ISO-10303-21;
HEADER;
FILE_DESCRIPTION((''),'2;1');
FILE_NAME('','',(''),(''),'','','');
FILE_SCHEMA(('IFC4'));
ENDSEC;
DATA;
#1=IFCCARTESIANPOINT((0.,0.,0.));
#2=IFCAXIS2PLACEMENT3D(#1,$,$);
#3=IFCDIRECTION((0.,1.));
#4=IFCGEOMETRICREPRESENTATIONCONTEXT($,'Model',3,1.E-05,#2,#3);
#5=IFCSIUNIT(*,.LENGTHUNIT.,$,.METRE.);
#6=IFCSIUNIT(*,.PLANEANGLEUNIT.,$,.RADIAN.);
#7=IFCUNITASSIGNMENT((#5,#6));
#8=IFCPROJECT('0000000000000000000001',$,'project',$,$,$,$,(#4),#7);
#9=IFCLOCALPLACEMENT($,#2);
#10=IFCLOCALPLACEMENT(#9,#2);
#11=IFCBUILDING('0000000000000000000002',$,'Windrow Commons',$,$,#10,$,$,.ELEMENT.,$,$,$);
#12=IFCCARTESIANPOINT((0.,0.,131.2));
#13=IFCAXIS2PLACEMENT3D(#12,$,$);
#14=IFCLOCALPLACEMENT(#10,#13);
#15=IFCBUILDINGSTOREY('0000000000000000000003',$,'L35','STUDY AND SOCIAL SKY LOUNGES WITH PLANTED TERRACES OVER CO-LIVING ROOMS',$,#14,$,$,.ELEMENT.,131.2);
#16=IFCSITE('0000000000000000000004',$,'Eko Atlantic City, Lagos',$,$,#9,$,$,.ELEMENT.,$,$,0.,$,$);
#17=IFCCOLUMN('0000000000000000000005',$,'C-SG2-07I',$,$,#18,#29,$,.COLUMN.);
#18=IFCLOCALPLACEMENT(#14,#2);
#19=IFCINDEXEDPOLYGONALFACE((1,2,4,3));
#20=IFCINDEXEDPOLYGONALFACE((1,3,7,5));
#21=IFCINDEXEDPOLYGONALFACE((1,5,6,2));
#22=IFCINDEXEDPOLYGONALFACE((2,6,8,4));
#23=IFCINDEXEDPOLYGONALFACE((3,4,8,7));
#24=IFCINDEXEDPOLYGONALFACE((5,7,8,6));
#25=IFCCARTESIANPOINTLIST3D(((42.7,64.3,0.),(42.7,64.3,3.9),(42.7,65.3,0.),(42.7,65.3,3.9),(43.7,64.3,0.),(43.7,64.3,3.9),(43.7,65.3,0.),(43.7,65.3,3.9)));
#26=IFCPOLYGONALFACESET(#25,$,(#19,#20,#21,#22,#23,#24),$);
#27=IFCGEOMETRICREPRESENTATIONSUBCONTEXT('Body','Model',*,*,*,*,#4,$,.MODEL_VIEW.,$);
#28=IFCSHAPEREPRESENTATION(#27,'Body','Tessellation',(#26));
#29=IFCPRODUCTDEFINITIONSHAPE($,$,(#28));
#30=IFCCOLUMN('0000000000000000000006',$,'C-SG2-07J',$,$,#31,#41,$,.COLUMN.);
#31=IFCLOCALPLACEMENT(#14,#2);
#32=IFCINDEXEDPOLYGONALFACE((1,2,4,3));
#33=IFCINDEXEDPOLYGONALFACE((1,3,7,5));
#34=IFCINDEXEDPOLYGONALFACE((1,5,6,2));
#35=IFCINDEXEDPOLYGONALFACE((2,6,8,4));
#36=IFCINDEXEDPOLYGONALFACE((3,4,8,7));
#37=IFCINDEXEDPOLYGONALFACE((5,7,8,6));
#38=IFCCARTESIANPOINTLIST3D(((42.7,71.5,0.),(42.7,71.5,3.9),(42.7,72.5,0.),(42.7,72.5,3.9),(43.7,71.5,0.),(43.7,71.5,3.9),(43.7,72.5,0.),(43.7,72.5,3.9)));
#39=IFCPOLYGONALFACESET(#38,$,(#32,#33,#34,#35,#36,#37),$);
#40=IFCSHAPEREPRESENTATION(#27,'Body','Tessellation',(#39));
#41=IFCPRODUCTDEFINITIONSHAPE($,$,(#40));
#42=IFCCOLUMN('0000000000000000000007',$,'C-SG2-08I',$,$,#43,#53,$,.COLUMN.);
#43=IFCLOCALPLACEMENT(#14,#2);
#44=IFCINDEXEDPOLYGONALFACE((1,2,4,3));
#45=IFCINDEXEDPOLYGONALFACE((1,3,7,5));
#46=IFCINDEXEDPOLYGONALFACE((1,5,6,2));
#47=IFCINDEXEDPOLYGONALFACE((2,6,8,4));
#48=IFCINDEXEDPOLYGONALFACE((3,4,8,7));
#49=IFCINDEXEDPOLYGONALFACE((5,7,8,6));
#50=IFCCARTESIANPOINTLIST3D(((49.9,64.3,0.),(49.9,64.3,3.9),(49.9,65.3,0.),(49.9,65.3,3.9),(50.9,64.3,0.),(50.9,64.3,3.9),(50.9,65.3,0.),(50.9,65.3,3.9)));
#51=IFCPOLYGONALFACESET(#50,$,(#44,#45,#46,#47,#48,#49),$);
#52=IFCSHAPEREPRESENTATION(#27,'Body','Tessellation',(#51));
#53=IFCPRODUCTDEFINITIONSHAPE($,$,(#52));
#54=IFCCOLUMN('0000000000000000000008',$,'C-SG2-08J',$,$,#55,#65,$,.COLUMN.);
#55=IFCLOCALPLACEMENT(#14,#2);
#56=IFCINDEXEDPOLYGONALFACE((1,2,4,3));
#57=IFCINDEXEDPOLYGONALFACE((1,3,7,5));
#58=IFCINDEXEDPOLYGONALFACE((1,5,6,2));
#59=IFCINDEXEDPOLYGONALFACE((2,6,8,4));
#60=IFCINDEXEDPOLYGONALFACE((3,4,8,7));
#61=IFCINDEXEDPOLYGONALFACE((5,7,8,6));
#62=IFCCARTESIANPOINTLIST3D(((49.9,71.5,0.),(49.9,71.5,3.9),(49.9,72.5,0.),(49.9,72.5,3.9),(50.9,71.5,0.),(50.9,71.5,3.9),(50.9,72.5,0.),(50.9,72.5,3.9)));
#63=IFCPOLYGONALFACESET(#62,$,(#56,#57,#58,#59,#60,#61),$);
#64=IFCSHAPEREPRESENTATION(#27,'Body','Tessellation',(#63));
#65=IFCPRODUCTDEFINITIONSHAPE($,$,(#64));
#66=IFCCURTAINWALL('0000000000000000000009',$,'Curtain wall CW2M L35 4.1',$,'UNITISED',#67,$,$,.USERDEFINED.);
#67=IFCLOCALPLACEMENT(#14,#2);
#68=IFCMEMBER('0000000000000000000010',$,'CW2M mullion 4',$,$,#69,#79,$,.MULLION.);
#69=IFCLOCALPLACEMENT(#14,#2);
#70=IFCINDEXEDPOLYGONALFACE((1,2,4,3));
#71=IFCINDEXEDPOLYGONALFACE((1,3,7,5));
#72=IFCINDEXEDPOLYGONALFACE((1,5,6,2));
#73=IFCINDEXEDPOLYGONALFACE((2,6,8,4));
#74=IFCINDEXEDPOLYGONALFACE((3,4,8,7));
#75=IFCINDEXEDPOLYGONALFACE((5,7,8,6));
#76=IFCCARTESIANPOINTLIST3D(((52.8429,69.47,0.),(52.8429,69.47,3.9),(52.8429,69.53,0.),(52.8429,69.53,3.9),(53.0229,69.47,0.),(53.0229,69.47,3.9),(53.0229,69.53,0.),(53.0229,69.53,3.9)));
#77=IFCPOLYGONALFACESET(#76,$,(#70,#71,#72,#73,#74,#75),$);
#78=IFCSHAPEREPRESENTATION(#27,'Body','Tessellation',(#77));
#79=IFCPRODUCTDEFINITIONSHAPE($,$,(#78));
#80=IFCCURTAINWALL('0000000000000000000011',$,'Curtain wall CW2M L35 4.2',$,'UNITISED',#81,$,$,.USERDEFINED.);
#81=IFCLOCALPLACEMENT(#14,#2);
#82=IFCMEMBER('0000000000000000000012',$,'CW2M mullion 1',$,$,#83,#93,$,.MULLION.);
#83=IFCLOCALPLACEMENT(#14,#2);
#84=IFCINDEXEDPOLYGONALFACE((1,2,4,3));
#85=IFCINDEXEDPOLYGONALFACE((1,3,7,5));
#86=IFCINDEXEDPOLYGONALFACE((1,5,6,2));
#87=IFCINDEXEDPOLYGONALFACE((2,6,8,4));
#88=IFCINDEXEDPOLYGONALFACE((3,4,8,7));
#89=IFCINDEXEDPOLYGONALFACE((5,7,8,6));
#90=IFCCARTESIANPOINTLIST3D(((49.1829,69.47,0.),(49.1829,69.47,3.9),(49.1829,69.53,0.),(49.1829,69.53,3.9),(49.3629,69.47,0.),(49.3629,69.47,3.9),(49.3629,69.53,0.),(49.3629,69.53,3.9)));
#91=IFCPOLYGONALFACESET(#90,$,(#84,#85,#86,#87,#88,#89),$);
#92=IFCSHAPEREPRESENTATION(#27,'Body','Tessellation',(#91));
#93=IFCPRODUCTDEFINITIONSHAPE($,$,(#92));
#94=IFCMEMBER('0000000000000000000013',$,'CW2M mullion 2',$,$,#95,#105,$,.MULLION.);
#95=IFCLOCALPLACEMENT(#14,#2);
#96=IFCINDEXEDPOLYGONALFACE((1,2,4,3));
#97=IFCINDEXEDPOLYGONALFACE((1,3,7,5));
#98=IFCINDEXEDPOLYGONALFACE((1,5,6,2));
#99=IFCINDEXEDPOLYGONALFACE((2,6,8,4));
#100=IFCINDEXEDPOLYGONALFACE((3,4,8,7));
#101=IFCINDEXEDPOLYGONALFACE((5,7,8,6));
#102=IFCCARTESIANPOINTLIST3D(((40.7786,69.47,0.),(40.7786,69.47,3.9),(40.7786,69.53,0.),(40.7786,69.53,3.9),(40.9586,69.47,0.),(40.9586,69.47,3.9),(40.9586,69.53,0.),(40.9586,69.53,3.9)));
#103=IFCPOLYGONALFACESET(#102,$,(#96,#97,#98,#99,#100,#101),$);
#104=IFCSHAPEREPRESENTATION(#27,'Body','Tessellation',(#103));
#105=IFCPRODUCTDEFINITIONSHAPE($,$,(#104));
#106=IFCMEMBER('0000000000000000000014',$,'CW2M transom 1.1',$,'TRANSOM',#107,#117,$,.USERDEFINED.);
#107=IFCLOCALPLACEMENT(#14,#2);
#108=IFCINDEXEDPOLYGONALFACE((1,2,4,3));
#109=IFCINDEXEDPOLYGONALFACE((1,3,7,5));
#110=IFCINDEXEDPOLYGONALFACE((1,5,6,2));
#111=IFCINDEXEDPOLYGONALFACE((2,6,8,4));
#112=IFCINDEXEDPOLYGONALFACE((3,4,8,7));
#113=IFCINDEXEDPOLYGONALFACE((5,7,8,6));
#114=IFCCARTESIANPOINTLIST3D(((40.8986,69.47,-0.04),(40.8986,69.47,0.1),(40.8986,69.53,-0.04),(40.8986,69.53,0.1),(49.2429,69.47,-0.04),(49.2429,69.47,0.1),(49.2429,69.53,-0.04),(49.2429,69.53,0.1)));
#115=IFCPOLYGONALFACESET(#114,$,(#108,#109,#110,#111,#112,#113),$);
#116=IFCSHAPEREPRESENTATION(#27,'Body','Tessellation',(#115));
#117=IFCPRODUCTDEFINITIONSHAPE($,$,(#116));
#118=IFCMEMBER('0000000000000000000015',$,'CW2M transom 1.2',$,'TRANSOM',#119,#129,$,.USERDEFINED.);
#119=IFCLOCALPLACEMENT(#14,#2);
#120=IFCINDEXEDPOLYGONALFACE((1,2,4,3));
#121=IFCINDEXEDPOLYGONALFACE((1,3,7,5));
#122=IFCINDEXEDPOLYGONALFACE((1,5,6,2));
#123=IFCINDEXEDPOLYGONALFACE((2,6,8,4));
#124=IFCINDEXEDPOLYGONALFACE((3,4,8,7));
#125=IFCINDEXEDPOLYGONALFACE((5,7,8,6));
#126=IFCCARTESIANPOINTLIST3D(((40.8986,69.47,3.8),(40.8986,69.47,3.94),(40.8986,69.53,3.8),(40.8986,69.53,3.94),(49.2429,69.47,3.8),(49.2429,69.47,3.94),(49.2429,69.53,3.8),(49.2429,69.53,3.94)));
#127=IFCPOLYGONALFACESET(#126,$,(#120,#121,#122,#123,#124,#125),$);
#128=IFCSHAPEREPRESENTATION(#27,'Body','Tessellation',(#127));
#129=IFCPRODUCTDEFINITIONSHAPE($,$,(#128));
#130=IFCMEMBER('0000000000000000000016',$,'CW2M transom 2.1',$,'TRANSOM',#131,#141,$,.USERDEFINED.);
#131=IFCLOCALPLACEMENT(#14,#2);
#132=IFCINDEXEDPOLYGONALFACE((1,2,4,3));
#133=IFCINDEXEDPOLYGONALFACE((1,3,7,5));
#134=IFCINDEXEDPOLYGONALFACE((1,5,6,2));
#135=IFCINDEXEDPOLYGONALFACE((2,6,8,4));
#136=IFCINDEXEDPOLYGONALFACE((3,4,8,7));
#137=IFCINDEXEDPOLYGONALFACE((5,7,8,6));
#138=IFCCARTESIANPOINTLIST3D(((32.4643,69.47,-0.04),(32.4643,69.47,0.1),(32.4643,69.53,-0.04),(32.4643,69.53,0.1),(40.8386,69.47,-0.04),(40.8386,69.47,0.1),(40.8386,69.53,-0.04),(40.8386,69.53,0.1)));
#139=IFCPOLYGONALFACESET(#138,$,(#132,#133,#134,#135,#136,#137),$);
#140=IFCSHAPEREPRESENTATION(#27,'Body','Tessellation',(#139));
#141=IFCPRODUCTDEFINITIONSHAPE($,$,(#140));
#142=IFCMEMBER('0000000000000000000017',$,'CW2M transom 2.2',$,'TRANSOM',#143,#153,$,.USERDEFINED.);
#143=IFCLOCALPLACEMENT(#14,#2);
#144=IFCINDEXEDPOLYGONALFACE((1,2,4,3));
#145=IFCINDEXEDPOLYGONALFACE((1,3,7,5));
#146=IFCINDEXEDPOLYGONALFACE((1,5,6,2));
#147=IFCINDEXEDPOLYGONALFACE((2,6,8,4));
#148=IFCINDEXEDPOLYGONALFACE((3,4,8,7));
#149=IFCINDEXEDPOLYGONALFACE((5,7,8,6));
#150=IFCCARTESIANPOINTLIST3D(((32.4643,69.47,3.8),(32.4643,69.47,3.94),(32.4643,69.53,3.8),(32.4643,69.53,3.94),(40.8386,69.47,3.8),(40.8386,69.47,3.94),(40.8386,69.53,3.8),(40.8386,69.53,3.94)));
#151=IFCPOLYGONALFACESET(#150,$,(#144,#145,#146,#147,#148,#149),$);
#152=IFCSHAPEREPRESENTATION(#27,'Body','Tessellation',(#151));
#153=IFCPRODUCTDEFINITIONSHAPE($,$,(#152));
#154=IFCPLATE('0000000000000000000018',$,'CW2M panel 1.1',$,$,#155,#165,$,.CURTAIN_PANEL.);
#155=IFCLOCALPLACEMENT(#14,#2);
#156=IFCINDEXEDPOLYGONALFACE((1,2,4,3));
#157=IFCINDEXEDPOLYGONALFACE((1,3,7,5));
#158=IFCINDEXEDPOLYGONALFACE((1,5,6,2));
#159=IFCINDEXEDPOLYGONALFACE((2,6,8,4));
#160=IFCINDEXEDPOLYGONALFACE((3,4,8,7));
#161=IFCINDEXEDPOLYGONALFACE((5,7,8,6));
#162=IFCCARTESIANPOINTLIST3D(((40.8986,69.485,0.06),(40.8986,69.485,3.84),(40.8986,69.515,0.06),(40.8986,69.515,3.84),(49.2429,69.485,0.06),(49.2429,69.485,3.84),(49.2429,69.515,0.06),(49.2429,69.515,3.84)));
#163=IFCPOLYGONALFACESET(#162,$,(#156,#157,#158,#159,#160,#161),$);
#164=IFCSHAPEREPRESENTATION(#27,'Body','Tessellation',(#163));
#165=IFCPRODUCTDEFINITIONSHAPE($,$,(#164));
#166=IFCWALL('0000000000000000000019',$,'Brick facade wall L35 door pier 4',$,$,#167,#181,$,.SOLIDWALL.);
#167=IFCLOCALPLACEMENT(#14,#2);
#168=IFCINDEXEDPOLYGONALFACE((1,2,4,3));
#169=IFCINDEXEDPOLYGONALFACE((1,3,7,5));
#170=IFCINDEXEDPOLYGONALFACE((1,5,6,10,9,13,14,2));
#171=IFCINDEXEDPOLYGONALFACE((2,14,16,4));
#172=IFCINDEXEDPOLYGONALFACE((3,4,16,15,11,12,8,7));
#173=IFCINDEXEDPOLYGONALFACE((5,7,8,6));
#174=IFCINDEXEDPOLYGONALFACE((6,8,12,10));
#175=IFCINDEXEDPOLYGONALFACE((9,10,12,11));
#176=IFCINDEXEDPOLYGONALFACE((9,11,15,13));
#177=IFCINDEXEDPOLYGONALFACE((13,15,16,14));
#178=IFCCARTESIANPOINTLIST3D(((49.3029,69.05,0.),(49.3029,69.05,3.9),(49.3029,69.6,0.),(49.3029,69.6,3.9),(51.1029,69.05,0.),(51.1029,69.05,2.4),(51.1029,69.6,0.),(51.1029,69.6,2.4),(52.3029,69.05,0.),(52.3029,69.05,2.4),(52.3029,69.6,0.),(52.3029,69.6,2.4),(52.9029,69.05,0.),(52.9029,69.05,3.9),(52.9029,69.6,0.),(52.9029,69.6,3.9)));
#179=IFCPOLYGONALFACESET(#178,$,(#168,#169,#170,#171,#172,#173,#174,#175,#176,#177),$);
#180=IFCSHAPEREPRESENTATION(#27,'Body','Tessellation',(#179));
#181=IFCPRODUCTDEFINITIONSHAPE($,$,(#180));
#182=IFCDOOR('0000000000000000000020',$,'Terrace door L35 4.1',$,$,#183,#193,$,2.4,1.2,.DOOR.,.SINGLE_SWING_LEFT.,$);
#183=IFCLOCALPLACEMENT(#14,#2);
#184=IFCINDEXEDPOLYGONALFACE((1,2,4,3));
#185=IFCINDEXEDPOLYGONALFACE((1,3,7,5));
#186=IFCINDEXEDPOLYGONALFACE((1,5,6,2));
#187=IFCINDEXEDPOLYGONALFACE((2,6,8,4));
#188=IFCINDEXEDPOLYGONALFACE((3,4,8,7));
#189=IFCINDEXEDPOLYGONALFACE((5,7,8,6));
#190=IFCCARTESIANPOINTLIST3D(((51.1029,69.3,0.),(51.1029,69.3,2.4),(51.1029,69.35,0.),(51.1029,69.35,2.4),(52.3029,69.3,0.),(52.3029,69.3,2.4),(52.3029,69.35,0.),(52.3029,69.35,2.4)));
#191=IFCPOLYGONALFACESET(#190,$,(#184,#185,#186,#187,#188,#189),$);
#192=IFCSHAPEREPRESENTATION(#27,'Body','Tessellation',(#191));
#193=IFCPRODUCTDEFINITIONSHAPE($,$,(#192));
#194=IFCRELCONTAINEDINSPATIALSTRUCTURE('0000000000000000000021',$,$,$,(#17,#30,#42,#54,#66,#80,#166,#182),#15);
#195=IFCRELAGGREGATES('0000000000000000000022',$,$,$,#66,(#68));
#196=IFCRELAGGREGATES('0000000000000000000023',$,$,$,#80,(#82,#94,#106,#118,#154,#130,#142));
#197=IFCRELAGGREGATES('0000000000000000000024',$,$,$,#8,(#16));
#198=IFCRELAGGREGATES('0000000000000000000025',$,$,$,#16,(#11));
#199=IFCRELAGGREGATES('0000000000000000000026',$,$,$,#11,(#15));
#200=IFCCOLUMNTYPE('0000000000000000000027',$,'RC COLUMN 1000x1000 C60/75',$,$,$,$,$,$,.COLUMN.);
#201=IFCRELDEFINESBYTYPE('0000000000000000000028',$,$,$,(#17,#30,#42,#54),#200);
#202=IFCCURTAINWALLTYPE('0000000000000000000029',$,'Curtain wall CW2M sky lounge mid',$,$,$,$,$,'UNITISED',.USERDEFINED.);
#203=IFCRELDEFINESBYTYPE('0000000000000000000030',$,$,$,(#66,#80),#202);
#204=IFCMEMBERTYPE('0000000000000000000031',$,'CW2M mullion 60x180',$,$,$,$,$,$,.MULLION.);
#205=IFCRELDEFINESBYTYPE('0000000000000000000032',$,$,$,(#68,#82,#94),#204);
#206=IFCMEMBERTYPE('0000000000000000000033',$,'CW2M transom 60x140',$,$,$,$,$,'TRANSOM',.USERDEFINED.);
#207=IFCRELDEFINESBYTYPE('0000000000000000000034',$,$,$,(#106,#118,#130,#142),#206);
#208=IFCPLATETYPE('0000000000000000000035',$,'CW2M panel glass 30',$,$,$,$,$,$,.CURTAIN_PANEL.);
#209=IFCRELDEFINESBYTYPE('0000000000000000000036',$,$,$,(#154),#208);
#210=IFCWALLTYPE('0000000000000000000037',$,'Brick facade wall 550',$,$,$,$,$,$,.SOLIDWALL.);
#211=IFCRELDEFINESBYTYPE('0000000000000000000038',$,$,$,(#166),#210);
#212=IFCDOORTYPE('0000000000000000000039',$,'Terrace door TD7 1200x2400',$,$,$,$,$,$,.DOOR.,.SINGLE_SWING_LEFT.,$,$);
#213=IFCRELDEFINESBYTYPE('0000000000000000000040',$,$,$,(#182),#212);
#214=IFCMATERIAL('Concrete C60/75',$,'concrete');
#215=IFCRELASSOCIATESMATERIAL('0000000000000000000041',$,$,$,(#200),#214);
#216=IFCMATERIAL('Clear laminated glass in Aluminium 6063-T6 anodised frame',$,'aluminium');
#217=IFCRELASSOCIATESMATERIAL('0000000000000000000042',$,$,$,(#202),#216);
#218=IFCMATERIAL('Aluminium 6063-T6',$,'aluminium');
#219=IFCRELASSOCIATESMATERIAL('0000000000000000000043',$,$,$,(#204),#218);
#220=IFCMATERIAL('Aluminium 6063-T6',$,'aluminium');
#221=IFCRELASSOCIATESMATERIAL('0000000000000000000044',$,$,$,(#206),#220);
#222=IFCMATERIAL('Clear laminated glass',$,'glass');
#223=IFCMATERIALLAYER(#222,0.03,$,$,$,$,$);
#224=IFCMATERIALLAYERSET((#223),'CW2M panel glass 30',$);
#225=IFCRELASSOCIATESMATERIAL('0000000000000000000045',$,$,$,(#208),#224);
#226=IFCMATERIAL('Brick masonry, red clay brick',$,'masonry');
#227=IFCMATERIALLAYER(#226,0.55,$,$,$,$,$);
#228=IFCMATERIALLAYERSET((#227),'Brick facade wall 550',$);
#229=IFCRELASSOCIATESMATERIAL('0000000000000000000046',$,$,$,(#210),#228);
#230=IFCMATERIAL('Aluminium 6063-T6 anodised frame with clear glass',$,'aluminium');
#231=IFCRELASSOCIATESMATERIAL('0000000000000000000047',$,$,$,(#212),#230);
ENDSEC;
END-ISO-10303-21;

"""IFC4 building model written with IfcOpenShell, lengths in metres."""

from ifc_helpers import new_model, si_unit, direction, frame, frame_2d, origin, origin_2d, place, context, subcontext, project, spatial, rectangle, extrude, material, layer, layer_set, material_profile, profile_set, type_object, element, fill, aggregate, save


model = new_model("IFC4")

# Units and contexts
model_context = context("Model", 3, precision=1e-05, world=origin(), true_north=direction((0.0, 1.0)))
body_context = subcontext(model_context, "Body", "Model", "MODEL_VIEW")
ifc_project = project(units=[si_unit("LENGTHUNIT", "METRE"), si_unit("PLANEANGLEUNIT", "RADIAN")], contexts=[model_context])

# Site, building, storey
site_placement = place(None, origin())
site = spatial("IfcSite", under=ifc_project, at=site_placement, Name="Eko Atlantic City, Lagos", CompositionType="ELEMENT", RefElevation=0.0)
building_placement = place(site_placement, origin())
building = spatial("IfcBuilding", under=site, at=building_placement, Name="Windrow Commons", CompositionType="ELEMENT")
storey_placement = place(building_placement, frame((0.0, 0.0, 131.2)))
storey = spatial("IfcBuildingStorey", under=building, at=storey_placement, Name="L35", Description="STUDY AND SOCIAL SKY LOUNGES WITH PLANTED TERRACES OVER CO-LIVING ROOMS", CompositionType="ELEMENT", Elevation=131.2)

# Columns
ifc_material_1 = material(Name="Concrete C60/75", Category="concrete")
ifc_material_profile_1 = material_profile(ifc_material_1, rectangle(XDim=1.0, YDim=1.0, at=origin_2d()))
ifc_profile_set_1 = profile_set([ifc_material_profile_1], Name="Concrete C60/75")
column_type = type_object("IfcColumnType", Name="RC COLUMN 1000x1000 C60/75", PredefinedType="COLUMN", material=ifc_profile_set_1)
for number, where, z_axis, x_axis, name in (
    (1, (43.2, 64.8, 0.0), (0.0, 0.0, 1.0), (1.0, 0.0, 0.0), "C-SG2-07I"),
    (2, (43.2, 72.0, 0.0), (0.0, 0.0, 1.0), (1.0, 0.0, 0.0), "C-SG2-07J"),
    (3, (50.4, 64.8, 0.0), (0.0, 0.0, 1.0), (1.0, 0.0, 0.0), "C-SG2-08I"),
    (4, (50.4, 72.0, 0.0), (0.0, 0.0, 1.0), (1.0, 0.0, 0.0), "C-SG2-08J"),
):
    element("IfcColumn", number, at=place(storey_placement, frame(where, z_axis=z_axis, x_axis=x_axis)), inside=storey, type_object=column_type, Name=name, PredefinedType="COLUMN", context=body_context, shape_type="SweptSolid", body=[
        extrude(rectangle(XDim=1.0, YDim=1.0, at=origin_2d()), origin(), (0.0, 0.0, 1.0), 3.9),
    ])

# Curtain wall, member
ifc_material_2 = material(Name="Clear laminated glass in Aluminium 6063-T6 anodised frame", Category="aluminium")
curtain_wall_type = type_object("IfcCurtainWallType", Name="Curtain wall CW2M sky lounge mid", ElementType="UNITISED", PredefinedType="USERDEFINED", material=ifc_material_2)
placement = place(storey_placement, origin())
curtain_wall_1 = element("IfcCurtainWall", 5, at=placement, inside=storey, type_object=curtain_wall_type, Name="Curtain wall CW2M L35 4.1", ObjectType="UNITISED", PredefinedType="USERDEFINED")
ifc_material_3 = material(Name="Aluminium 6063-T6", Category="aluminium")
ifc_material_profile_2 = material_profile(ifc_material_3, rectangle(XDim=0.06, YDim=0.18, at=origin_2d()))
ifc_profile_set_2 = profile_set([ifc_material_profile_2], Name="Aluminium 6063-T6")
member_type_1 = type_object("IfcMemberType", Name="CW2M mullion 60x180", PredefinedType="MULLION", material=ifc_profile_set_2)
member_1_placement = place(storey_placement, frame((52.9329, 69.5, 0.0), z_axis=(0.0, 0.0, 1.0), x_axis=(0.0, -1.0, 0.0)))
member_1 = element("IfcMember", 6, at=member_1_placement, type_object=member_type_1, Name="CW2M mullion 4", PredefinedType="MULLION", context=body_context, shape_type="SweptSolid", body=[
    extrude(rectangle(XDim=0.06, YDim=0.18, at=origin_2d()), origin(), (0.0, 0.0, 1.0), 3.9),
])
aggregate(curtain_wall_1, [member_1])

# Curtain wall, members, plate
curtain_wall_2 = element("IfcCurtainWall", 7, at=placement, inside=storey, type_object=curtain_wall_type, Name="Curtain wall CW2M L35 4.2", ObjectType="UNITISED", PredefinedType="USERDEFINED")
member_2_placement = place(storey_placement, frame((49.2729, 69.5, 0.0), z_axis=(0.0, 0.0, 1.0), x_axis=(0.0, -1.0, 0.0)))
member_2 = element("IfcMember", 8, at=member_2_placement, type_object=member_type_1, Name="CW2M mullion 1", PredefinedType="MULLION", context=body_context, shape_type="SweptSolid", body=[
    extrude(rectangle(XDim=0.06, YDim=0.18, at=origin_2d()), origin(), (0.0, 0.0, 1.0), 3.9),
])
member_3_placement = place(storey_placement, frame((40.8686, 69.5, 0.0), z_axis=(0.0, 0.0, 1.0), x_axis=(0.0, -1.0, 0.0)))
member_3 = element("IfcMember", 9, at=member_3_placement, type_object=member_type_1, Name="CW2M mullion 2", PredefinedType="MULLION", context=body_context, shape_type="SweptSolid", body=[
    extrude(rectangle(XDim=0.06, YDim=0.18, at=origin_2d()), origin(), (0.0, 0.0, 1.0), 3.9),
])
ifc_material_4 = material(Name="Aluminium 6063-T6", Category="aluminium")
ifc_material_profile_3 = material_profile(ifc_material_4, rectangle(XDim=0.06, YDim=0.14, at=origin_2d()))
ifc_profile_set_3 = profile_set([ifc_material_profile_3], Name="Aluminium 6063-T6")
member_type_2 = type_object("IfcMemberType", Name="CW2M transom 60x140", ElementType="TRANSOM", PredefinedType="USERDEFINED", material=ifc_profile_set_3)
member_4_placement = place(storey_placement, frame((49.2429, 69.5, 0.03), z_axis=(-1.0, 0.0, 0.0), x_axis=(0.0, -1.0, 0.0)))
member_4 = element("IfcMember", 10, at=member_4_placement, type_object=member_type_2, Name="CW2M transom 1.1", ObjectType="TRANSOM", PredefinedType="USERDEFINED", context=body_context, shape_type="SweptSolid", body=[
    extrude(rectangle(XDim=0.06, YDim=0.14, at=origin_2d()), origin(), (0.0, 0.0, 1.0), 8.3443),
])
member_5_placement = place(storey_placement, frame((49.2429, 69.5, 3.87), z_axis=(-1.0, 0.0, 0.0), x_axis=(0.0, -1.0, 0.0)))
member_5 = element("IfcMember", 11, at=member_5_placement, type_object=member_type_2, Name="CW2M transom 1.2", ObjectType="TRANSOM", PredefinedType="USERDEFINED", context=body_context, shape_type="SweptSolid", body=[
    extrude(rectangle(XDim=0.06, YDim=0.14, at=origin_2d()), origin(), (0.0, 0.0, 1.0), 8.3443),
])
member_6_placement = place(storey_placement, frame((40.8386, 69.5, 0.03), z_axis=(-1.0, 0.0, 0.0), x_axis=(0.0, -1.0, 0.0)))
member_6 = element("IfcMember", 12, at=member_6_placement, type_object=member_type_2, Name="CW2M transom 2.1", ObjectType="TRANSOM", PredefinedType="USERDEFINED", context=body_context, shape_type="SweptSolid", body=[
    extrude(rectangle(XDim=0.06, YDim=0.14, at=origin_2d()), origin(), (0.0, 0.0, 1.0), 8.3743),
])
member_7_placement = place(storey_placement, frame((40.8386, 69.5, 3.87), z_axis=(-1.0, 0.0, 0.0), x_axis=(0.0, -1.0, 0.0)))
member_7 = element("IfcMember", 13, at=member_7_placement, type_object=member_type_2, Name="CW2M transom 2.2", ObjectType="TRANSOM", PredefinedType="USERDEFINED", context=body_context, shape_type="SweptSolid", body=[
    extrude(rectangle(XDim=0.06, YDim=0.14, at=origin_2d()), origin(), (0.0, 0.0, 1.0), 8.3743),
])
ifc_material_5 = material(Name="Clear laminated glass", Category="glass")
ifc_layer_1 = layer(ifc_material_5, 0.03)
ifc_layer_set_1 = layer_set([ifc_layer_1], Name="CW2M panel glass 30")
plate_type = type_object("IfcPlateType", Name="CW2M panel glass 30", PredefinedType="CURTAIN_PANEL", material=ifc_layer_set_1)
plate_placement = place(storey_placement, frame((45.0707, 69.5, 0.06), z_axis=(0.0, 0.0, 1.0), x_axis=(-1.0, 0.0, 0.0)))
plate = element("IfcPlate", 14, at=plate_placement, type_object=plate_type, Name="CW2M panel 1.1", PredefinedType="CURTAIN_PANEL", context=body_context, shape_type="SweptSolid", body=[
    extrude(rectangle(XDim=8.3443, YDim=0.03, at=origin_2d()), origin(), (0.0, 0.0, 1.0), 3.78),
])
aggregate(curtain_wall_2, [member_2, member_3, member_4, member_5, plate, member_6, member_7])

# Wall, opening, door
ifc_material_6 = material(Name="Brick masonry, red clay brick", Category="masonry")
ifc_layer_2 = layer(ifc_material_6, 0.55)
ifc_layer_set_2 = layer_set([ifc_layer_2], Name="Brick facade wall 550")
wall_type_1 = type_object("IfcWallType", Name="Brick facade wall 550", PredefinedType="SOLIDWALL", material=ifc_layer_set_2)
wall_1_placement = place(storey_placement, frame((52.9029, 69.325, 0.0), z_axis=(0.0, 0.0, 1.0), x_axis=(-1.0, 0.0, 0.0)))
wall_1 = element("IfcWall", 15, at=wall_1_placement, inside=storey, type_object=wall_type_1, Name="Brick facade wall L35 door pier 4", PredefinedType="SOLIDWALL", context=body_context, shape_type="SweptSolid", body=[
    extrude(rectangle(XDim=3.6, YDim=0.55, at=frame_2d((1.8, 0.0))), origin(), (0.0, 0.0, 1.0), 3.9),
])
opening_1_placement = place(wall_1_placement, frame((0.6, 0.0, 0.0)))
opening_1 = element("IfcOpeningElement", 16, at=opening_1_placement, cuts=wall_1, PredefinedType="OPENING", context=body_context, shape_type="SweptSolid", body=[
    extrude(rectangle(XDim=1.2, YDim=2.4, at=frame_2d((0.6, 1.2))), frame((0.0, 0.285, 0.0), z_axis=(0.0, -1.0, 0.0), x_axis=(1.0, 0.0, 0.0)), (0.0, 0.0, 1.0), 0.57),
])
ifc_material_7 = material(Name="Aluminium 6063-T6 anodised frame with clear glass", Category="aluminium")
door_type_1 = type_object("IfcDoorType", Name="Terrace door TD7 1200x2400", OperationType="SINGLE_SWING_LEFT", PredefinedType="DOOR", material=ifc_material_7)
door_1_placement = place(opening_1_placement, origin())
door_1 = element("IfcDoor", 17, at=door_1_placement, inside=storey, type_object=door_type_1, Name="Terrace door L35 4.1", OperationType="SINGLE_SWING_LEFT", OverallHeight=2.4, OverallWidth=1.2, PredefinedType="DOOR", context=body_context, shape_type="SweptSolid", body=[
    extrude(rectangle(XDim=1.2, YDim=2.4, at=frame_2d((0.6, 1.2))), frame((0.0, 0.025, 0.0), z_axis=(0.0, -1.0, 0.0), x_axis=(1.0, 0.0, 0.0)), (0.0, 0.0, 1.0), 0.05),
])
fill(opening_1, door_1)

save(model, "model.ifc")
